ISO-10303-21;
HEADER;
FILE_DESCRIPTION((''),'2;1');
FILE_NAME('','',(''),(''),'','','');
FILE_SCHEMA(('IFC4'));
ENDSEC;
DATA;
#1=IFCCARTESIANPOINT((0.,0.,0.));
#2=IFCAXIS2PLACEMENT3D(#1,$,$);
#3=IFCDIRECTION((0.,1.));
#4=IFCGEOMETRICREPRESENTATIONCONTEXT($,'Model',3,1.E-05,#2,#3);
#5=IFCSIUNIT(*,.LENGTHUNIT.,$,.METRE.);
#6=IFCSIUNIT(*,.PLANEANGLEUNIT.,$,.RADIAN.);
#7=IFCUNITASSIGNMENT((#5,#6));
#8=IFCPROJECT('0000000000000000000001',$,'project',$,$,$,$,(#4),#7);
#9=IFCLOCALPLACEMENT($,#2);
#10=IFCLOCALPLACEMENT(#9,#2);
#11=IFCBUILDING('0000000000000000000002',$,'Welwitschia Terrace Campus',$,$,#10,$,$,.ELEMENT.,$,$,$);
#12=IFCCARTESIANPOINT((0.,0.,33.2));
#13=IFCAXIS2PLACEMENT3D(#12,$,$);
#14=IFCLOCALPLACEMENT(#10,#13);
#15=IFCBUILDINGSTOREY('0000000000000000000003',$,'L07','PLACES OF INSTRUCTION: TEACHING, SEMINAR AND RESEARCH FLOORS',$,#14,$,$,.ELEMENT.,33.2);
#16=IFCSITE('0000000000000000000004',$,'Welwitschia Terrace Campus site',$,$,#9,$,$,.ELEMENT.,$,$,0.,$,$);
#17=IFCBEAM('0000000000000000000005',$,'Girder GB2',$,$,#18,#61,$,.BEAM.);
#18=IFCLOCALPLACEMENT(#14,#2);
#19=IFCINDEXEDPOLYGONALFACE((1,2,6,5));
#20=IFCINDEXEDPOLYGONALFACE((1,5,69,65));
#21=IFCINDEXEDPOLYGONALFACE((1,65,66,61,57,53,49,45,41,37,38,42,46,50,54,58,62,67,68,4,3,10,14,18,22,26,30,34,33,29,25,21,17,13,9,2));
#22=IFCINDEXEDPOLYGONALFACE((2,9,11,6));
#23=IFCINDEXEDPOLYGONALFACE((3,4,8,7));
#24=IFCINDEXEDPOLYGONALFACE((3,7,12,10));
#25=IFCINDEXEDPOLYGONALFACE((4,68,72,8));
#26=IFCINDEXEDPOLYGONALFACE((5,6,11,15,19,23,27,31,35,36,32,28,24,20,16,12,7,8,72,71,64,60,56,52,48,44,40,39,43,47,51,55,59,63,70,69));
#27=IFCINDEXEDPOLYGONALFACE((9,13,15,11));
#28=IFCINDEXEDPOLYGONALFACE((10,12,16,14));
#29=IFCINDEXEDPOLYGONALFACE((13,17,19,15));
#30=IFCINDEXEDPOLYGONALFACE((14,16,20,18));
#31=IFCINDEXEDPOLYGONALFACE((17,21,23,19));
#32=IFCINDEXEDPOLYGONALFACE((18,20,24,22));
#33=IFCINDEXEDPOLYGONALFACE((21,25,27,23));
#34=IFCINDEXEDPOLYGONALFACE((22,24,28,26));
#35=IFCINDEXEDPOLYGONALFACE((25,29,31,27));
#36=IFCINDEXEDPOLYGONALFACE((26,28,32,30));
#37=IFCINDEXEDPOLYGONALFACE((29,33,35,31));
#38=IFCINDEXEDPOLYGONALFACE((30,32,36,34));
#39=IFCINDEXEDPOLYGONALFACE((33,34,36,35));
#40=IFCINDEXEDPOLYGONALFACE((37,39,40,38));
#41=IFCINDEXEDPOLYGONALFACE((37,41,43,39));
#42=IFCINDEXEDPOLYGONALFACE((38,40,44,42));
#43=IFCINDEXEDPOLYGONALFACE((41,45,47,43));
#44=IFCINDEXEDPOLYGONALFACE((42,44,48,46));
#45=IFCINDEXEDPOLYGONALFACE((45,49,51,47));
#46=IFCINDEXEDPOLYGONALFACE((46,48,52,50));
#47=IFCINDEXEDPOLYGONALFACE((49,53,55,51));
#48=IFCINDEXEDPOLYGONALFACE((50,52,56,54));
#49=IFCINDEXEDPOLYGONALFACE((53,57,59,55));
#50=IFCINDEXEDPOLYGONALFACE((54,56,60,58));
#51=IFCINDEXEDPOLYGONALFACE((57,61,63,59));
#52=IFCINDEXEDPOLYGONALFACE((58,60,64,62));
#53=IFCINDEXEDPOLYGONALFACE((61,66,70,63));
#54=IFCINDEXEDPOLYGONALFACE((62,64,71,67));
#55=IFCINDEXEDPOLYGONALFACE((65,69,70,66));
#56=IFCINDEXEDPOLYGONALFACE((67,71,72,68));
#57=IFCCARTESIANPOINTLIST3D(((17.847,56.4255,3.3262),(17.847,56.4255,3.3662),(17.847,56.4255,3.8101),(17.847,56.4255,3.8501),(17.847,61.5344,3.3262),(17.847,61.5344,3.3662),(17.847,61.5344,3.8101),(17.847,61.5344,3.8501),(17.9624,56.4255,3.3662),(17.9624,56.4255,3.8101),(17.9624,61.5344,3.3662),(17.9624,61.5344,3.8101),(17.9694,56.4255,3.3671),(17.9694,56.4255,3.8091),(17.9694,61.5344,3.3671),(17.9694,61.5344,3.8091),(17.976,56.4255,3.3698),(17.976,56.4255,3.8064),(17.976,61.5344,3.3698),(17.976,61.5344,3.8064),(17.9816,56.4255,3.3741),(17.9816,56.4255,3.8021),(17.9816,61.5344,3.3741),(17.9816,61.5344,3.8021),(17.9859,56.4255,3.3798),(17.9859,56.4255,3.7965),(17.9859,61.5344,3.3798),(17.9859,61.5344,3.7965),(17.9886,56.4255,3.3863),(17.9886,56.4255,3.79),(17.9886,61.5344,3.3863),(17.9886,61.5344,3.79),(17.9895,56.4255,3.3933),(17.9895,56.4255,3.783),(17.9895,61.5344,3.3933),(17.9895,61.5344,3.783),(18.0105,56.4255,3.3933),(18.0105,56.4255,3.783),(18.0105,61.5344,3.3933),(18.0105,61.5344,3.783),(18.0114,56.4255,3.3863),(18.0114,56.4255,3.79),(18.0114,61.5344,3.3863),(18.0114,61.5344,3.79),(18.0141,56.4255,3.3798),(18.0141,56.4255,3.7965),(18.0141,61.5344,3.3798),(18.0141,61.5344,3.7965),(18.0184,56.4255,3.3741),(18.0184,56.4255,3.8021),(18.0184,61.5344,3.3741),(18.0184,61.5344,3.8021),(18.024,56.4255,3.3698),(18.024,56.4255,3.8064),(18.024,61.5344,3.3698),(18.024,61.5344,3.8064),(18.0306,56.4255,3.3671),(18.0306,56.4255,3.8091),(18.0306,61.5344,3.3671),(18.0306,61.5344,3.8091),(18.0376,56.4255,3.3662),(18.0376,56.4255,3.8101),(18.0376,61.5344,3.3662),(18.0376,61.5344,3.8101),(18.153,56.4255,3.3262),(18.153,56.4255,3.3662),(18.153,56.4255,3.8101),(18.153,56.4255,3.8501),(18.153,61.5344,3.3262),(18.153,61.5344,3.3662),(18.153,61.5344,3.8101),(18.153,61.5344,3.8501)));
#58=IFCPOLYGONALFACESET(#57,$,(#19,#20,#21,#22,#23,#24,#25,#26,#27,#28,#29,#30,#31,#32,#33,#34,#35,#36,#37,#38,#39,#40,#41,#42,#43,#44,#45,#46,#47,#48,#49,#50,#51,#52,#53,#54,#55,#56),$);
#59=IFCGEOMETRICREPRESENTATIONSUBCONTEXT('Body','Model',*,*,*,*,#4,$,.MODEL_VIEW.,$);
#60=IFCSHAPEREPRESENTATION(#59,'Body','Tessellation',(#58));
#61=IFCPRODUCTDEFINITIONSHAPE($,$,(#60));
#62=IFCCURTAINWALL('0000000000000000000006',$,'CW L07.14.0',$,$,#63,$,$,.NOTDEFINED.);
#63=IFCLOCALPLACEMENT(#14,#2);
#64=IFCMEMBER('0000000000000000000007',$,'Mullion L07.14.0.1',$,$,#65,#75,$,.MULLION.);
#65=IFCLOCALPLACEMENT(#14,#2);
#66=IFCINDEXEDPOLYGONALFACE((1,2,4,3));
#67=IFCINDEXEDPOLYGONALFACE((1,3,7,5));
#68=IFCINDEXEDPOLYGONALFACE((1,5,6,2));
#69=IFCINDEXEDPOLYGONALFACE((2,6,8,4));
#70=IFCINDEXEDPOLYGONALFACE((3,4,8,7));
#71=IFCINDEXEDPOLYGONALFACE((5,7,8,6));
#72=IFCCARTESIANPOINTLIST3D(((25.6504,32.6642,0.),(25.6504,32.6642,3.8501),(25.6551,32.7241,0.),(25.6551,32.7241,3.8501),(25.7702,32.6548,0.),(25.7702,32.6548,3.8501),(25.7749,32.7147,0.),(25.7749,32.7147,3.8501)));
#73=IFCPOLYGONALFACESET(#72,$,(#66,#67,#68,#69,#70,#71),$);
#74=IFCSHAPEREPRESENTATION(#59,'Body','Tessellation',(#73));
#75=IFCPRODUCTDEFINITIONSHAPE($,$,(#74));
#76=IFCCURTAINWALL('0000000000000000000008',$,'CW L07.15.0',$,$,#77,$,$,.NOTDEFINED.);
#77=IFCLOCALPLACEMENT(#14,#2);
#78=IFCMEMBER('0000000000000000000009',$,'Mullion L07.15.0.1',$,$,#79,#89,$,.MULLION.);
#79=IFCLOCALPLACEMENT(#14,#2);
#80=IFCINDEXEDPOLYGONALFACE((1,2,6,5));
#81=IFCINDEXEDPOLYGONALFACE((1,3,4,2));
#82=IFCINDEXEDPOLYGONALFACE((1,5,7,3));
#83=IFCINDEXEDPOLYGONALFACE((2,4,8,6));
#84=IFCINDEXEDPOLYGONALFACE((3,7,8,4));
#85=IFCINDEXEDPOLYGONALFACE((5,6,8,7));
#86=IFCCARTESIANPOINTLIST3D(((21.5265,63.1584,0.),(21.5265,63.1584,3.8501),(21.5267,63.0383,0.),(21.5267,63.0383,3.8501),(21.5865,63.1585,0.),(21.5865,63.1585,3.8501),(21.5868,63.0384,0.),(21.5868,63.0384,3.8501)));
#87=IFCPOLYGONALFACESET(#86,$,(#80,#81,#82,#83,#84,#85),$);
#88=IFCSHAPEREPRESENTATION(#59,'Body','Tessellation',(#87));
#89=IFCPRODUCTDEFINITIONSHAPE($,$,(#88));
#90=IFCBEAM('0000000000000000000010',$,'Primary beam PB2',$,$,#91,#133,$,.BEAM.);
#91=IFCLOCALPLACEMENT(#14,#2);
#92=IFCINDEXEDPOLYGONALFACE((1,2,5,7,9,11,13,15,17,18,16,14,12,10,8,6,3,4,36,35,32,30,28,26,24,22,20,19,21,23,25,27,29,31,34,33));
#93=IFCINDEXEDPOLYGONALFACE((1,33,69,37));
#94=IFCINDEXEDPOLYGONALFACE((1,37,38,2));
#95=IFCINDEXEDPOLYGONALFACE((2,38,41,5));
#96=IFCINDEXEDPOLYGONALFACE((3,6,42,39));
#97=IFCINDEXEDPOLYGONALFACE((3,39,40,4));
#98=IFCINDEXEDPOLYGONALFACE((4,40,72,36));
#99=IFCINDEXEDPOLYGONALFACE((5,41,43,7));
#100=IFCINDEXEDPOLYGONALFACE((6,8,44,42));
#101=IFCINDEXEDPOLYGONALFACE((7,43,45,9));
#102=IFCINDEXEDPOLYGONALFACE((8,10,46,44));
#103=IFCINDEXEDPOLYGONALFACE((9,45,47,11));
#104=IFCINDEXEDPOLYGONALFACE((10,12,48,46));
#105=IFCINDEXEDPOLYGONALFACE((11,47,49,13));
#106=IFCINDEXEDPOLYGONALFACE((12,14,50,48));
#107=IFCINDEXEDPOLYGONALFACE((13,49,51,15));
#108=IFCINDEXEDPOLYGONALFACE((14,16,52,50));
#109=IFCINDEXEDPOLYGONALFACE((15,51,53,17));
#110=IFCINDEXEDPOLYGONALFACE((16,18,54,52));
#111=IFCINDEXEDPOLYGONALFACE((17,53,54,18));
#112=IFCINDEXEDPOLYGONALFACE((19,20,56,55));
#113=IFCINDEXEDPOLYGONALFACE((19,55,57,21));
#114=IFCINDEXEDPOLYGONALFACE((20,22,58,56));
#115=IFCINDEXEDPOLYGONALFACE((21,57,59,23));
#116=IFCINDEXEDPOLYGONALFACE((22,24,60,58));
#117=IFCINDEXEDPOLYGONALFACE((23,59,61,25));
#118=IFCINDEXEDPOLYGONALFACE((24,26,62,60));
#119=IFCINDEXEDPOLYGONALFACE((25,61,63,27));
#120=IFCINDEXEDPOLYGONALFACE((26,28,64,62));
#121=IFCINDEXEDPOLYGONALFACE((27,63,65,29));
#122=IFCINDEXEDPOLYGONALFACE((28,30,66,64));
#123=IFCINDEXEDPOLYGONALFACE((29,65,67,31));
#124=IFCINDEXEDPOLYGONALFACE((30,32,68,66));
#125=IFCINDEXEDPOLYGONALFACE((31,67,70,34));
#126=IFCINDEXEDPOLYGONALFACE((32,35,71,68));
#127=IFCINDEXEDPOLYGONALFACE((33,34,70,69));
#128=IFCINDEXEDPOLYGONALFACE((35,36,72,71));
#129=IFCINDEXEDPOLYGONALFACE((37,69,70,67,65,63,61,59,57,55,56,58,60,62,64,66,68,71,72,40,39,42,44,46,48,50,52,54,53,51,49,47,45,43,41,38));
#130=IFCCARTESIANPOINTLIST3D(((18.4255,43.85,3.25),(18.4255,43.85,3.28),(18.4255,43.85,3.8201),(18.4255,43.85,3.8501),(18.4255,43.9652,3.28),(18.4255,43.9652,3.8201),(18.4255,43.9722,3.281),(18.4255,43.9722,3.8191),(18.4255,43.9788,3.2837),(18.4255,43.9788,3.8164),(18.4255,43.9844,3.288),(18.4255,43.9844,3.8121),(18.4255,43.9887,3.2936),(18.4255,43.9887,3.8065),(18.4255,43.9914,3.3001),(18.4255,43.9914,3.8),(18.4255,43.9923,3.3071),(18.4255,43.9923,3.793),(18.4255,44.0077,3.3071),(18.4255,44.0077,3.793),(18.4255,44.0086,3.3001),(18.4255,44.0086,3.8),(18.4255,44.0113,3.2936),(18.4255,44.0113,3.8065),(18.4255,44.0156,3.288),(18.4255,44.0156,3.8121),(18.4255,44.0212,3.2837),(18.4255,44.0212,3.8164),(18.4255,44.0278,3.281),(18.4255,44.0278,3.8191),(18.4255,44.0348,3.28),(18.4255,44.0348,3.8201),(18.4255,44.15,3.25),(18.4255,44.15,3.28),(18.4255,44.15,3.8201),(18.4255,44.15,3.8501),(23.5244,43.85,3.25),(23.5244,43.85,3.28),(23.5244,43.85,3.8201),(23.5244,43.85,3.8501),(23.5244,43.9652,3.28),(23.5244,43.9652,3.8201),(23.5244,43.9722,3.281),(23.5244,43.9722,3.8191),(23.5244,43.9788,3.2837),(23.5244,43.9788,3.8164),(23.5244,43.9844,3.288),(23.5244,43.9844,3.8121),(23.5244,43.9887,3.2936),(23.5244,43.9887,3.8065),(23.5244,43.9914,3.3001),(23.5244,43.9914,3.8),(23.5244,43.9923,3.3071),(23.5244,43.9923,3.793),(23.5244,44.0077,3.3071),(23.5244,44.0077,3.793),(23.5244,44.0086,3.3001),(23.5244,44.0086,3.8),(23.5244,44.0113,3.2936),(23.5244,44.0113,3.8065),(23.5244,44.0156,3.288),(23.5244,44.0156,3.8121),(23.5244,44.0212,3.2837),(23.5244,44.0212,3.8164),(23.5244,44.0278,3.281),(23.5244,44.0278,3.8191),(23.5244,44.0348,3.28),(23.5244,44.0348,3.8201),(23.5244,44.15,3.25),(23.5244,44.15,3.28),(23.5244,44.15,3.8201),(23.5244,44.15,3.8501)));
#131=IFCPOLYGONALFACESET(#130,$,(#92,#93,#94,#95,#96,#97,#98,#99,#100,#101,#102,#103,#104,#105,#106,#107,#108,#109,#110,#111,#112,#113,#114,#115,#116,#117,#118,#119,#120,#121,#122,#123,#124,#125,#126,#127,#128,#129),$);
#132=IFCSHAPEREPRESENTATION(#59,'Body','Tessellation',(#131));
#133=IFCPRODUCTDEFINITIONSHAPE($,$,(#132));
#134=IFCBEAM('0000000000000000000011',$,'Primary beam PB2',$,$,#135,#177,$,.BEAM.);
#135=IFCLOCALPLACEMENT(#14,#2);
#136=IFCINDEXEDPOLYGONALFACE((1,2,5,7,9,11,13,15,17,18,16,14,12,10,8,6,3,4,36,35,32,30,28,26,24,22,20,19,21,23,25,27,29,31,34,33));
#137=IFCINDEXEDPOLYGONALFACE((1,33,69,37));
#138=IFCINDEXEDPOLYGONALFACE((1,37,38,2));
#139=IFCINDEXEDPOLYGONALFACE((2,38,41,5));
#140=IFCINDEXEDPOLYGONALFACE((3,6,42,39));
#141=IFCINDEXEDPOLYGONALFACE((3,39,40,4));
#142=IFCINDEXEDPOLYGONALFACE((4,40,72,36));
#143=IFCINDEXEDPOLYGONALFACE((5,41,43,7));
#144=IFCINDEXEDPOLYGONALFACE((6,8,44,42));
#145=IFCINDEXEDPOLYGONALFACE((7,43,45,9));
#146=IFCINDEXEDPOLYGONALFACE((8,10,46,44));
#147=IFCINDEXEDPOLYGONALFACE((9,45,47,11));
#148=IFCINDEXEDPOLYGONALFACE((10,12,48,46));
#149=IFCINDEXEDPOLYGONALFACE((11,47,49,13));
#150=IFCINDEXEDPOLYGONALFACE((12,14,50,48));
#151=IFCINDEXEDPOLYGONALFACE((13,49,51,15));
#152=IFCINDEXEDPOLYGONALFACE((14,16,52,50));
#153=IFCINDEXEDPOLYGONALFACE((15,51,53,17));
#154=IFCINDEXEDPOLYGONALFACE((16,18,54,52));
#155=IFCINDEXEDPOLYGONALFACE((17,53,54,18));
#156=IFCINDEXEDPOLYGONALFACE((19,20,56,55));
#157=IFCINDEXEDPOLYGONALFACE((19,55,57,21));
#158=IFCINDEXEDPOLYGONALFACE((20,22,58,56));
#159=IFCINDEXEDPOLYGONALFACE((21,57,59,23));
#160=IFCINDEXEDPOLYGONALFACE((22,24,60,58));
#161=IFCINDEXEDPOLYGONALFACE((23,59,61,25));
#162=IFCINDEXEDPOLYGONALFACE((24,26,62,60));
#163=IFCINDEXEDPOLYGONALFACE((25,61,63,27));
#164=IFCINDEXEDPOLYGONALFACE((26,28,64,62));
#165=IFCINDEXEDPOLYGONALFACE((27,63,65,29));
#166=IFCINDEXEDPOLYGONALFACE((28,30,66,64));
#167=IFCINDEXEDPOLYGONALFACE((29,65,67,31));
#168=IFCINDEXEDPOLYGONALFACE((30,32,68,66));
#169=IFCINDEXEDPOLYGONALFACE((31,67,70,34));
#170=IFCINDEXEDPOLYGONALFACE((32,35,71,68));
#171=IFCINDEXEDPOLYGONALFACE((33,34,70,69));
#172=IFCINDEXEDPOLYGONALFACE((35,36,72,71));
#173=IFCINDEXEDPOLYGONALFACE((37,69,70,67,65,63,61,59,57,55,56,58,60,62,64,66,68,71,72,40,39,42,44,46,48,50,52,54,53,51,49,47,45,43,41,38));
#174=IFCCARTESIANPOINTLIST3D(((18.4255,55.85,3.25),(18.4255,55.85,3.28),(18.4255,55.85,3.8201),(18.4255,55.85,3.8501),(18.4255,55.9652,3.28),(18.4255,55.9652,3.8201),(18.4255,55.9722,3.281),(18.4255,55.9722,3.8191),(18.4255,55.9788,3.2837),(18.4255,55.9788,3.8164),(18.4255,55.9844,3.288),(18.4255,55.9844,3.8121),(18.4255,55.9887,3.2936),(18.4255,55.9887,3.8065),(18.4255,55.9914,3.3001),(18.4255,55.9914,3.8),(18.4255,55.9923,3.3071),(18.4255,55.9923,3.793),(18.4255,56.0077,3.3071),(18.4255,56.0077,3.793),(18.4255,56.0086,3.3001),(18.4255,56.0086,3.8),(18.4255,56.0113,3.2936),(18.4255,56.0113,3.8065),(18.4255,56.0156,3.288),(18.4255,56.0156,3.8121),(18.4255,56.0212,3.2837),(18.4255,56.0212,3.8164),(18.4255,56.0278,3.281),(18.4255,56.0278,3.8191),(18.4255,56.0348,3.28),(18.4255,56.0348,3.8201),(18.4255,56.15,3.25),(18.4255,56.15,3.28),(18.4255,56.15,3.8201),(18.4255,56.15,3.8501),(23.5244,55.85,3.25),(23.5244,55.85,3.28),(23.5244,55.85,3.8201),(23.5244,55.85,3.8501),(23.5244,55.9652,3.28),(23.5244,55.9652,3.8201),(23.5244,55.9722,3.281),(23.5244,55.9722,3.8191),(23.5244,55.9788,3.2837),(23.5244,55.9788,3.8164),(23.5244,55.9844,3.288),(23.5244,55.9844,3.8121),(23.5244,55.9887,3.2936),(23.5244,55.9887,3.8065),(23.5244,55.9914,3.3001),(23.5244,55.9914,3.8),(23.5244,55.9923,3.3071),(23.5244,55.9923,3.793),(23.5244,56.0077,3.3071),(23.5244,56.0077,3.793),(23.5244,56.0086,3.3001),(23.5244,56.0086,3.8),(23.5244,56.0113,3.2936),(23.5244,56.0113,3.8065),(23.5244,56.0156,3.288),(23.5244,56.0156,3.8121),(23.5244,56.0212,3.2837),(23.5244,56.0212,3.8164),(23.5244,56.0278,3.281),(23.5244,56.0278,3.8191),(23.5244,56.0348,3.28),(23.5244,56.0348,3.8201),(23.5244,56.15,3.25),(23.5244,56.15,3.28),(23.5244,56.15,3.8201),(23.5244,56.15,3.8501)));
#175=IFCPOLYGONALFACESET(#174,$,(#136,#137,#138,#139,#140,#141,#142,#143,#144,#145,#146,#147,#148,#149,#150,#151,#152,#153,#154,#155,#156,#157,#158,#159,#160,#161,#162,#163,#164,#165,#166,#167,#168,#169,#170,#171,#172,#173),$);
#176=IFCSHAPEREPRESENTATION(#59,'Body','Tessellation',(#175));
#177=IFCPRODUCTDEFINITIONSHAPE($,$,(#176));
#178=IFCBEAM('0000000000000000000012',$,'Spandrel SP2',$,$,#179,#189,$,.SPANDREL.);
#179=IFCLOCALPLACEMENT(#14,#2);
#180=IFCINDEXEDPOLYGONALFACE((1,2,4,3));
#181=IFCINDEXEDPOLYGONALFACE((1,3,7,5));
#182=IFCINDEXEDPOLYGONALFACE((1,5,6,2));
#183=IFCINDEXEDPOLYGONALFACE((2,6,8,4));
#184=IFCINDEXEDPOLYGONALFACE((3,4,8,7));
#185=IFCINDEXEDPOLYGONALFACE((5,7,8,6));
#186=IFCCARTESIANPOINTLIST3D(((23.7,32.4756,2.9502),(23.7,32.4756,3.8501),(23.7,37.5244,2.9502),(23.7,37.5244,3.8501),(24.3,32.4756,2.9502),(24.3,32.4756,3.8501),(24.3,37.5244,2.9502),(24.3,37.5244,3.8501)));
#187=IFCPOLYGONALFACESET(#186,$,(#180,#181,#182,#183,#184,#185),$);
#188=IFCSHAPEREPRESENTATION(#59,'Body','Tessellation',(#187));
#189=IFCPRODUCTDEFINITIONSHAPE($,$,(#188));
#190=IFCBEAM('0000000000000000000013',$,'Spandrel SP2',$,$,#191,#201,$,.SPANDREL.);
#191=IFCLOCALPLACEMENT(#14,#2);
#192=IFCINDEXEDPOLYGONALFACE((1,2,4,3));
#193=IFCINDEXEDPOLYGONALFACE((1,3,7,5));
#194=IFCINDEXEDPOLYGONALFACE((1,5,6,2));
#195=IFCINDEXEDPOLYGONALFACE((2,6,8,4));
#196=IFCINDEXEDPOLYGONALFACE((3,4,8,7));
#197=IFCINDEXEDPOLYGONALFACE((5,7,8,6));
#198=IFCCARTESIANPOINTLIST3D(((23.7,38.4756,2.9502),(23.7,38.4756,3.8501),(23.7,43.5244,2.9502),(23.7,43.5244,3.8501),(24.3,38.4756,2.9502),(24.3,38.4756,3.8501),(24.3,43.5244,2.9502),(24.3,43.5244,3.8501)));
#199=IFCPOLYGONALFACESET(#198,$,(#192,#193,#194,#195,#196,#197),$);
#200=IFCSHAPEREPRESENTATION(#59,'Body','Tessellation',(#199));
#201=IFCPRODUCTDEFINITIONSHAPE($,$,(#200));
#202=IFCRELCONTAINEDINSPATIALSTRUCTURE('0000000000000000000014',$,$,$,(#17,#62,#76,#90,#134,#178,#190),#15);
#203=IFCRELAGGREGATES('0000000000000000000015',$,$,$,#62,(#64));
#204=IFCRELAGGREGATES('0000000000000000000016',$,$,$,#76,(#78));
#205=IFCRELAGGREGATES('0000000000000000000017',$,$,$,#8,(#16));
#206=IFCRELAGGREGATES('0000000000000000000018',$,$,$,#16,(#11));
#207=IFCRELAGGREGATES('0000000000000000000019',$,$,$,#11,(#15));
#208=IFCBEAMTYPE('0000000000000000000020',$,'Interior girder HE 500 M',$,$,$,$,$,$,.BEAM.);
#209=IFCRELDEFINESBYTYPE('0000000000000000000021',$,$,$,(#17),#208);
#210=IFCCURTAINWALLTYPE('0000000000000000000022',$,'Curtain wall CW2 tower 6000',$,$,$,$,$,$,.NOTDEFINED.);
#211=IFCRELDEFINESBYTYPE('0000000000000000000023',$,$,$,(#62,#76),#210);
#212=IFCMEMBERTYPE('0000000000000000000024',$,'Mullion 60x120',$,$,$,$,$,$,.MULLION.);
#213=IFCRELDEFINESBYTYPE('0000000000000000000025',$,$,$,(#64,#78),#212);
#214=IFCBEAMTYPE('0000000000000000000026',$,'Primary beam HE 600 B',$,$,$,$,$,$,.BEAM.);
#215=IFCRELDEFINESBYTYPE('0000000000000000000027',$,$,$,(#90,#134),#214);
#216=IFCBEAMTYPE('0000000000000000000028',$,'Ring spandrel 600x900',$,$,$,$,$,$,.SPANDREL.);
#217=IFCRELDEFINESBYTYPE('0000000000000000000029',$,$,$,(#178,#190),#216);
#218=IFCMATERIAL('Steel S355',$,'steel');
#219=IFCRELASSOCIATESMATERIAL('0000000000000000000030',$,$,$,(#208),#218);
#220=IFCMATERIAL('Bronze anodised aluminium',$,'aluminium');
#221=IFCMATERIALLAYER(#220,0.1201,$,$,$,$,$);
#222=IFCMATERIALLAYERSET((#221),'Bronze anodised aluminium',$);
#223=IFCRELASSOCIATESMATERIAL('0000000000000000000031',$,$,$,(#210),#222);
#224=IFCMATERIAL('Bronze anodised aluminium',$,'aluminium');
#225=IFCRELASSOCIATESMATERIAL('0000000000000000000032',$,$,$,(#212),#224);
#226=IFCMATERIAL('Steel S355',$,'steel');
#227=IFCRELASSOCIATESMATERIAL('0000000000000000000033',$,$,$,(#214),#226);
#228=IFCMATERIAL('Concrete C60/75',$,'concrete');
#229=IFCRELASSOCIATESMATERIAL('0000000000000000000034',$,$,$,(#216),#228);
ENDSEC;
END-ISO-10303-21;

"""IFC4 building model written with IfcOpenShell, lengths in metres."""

from ifc_helpers import new_model, si_unit, direction, frame, origin, origin_2d, place, context, subcontext, project, spatial, rectangle, i_section, extrude, material, layer, layer_set, material_profile, profile_set, type_object, element, aggregate, save


model = new_model("IFC4")

# Units and contexts
model_context = context("Model", 3, precision=1e-05, world=origin(), true_north=direction((0.0, 1.0)))
body_context = subcontext(model_context, "Body", "Model", "MODEL_VIEW")
ifc_project = project(units=[si_unit("LENGTHUNIT", "METRE"), si_unit("PLANEANGLEUNIT", "RADIAN")], contexts=[model_context])

# Site, building, storey
site_placement = place(None, origin())
site = spatial("IfcSite", under=ifc_project, at=site_placement, Name="Welwitschia Terrace Campus site", CompositionType="ELEMENT", RefElevation=0.0)
building_placement = place(site_placement, origin())
building = spatial("IfcBuilding", under=site, at=building_placement, Name="Welwitschia Terrace Campus", CompositionType="ELEMENT")
storey_placement = place(building_placement, frame((0.0, 0.0, 33.2)))
storey = spatial("IfcBuildingStorey", under=building, at=storey_placement, Name="L07", Description="PLACES OF INSTRUCTION: TEACHING, SEMINAR AND RESEARCH FLOORS", CompositionType="ELEMENT", Elevation=33.2)

# Beam
ifc_material_1 = material(Name="Steel S355", Category="steel")
ifc_material_profile_1 = material_profile(ifc_material_1, i_section(OverallWidth=0.3059, OverallDepth=0.5239, WebThickness=0.021, FlangeThickness=0.04, FilletRadius=0.0271, at=origin_2d()))
ifc_profile_set_1 = profile_set([ifc_material_profile_1], Name="Steel S355")
beam_type_1 = type_object("IfcBeamType", Name="Interior girder HE 500 M", PredefinedType="BEAM", material=ifc_profile_set_1)
beam_1_placement = place(storey_placement, frame((18.0, 56.4255, 3.5881), z_axis=(0.0, 1.0, 0.0), x_axis=(-1.0, 0.0, 0.0)))
element("IfcBeam", 1, at=beam_1_placement, inside=storey, type_object=beam_type_1, Name="Girder GB2", PredefinedType="BEAM", context=body_context, shape_type="SweptSolid", body=[
    extrude(i_section(OverallWidth=0.3059, OverallDepth=0.5239, WebThickness=0.021, FlangeThickness=0.04, FilletRadius=0.0271, at=origin_2d()), origin(), (0.0, 0.0, 1.0), 5.1089),
])

# Curtain walls, members
ifc_material_2 = material(Name="Bronze anodised aluminium", Category="aluminium")
ifc_layer_1 = layer(ifc_material_2, 0.1201)
ifc_layer_set_1 = layer_set([ifc_layer_1], Name="Bronze anodised aluminium")
curtain_wall_type = type_object("IfcCurtainWallType", Name="Curtain wall CW2 tower 6000", PredefinedType="NOTDEFINED", material=ifc_layer_set_1)
curtain_wall_1_placement = place(storey_placement, origin())
curtain_wall_1 = element("IfcCurtainWall", 2, at=curtain_wall_1_placement, inside=storey, type_object=curtain_wall_type, Name="CW L07.14.0", PredefinedType="NOTDEFINED")
ifc_material_3 = material(Name="Bronze anodised aluminium", Category="aluminium")
ifc_material_profile_2 = material_profile(ifc_material_3, rectangle(XDim=0.1201, YDim=0.0601, at=origin_2d()))
ifc_profile_set_2 = profile_set([ifc_material_profile_2], Name="Bronze anodised aluminium")
member_type = type_object("IfcMemberType", Name="Mullion 60x120", PredefinedType="MULLION", material=ifc_profile_set_2)
member_1_placement = place(storey_placement, frame((25.7126, 32.6895, 0.0), z_axis=(0.0, 0.0, 1.0), x_axis=(-0.996917, 0.078459, 0.0)))
member_1 = element("IfcMember", 3, at=member_1_placement, type_object=member_type, Name="Mullion L07.14.0.1", PredefinedType="MULLION", context=body_context, shape_type="SweptSolid", body=[
    extrude(rectangle(XDim=0.1201, YDim=0.0601, at=origin_2d()), origin(), (0.0, 0.0, 1.0), 3.8501),
])
curtain_wall_2_placement = place(storey_placement, origin())
curtain_wall_2 = element("IfcCurtainWall", 4, at=curtain_wall_2_placement, inside=storey, type_object=curtain_wall_type, Name="CW L07.15.0", PredefinedType="NOTDEFINED")
member_2_placement = place(storey_placement, frame((21.5566, 63.0984, 0.0), z_axis=(0.0, 0.0, 1.0), x_axis=(0.002058, -0.999998, 0.0)))
member_2 = element("IfcMember", 5, at=member_2_placement, type_object=member_type, Name="Mullion L07.15.0.1", PredefinedType="MULLION", context=body_context, shape_type="SweptSolid", body=[
    extrude(rectangle(XDim=0.1201, YDim=0.0601, at=origin_2d()), origin(), (0.0, 0.0, 1.0), 3.8501),
])

# Beams
ifc_material_4 = material(Name="Steel S355", Category="steel")
ifc_material_profile_3 = material_profile(ifc_material_4, i_section(OverallWidth=0.3, OverallDepth=0.6001, WebThickness=0.0154, FlangeThickness=0.03, FilletRadius=0.0271, at=origin_2d()))
ifc_profile_set_3 = profile_set([ifc_material_profile_3], Name="Steel S355")
beam_type_2 = type_object("IfcBeamType", Name="Primary beam HE 600 B", PredefinedType="BEAM", material=ifc_profile_set_3)
for number, where, z_axis, x_axis, name in (
    (6, (23.5244, 44.0, 3.55), (-1.0, 0.0, 0.0), (0.0, -1.0, 0.0), "Primary beam PB2"),
    (7, (23.5244, 56.0, 3.55), (-1.0, 0.0, 0.0), (0.0, -1.0, 0.0), "Primary beam PB2"),
):
    element("IfcBeam", number, at=place(storey_placement, frame(where, z_axis=z_axis, x_axis=x_axis)), inside=storey, type_object=beam_type_2, Name=name, PredefinedType="BEAM", context=body_context, shape_type="SweptSolid", body=[
        extrude(i_section(OverallWidth=0.3, OverallDepth=0.6001, WebThickness=0.0154, FlangeThickness=0.03, FilletRadius=0.0271, at=origin_2d()), origin(), (0.0, 0.0, 1.0), 5.0989),
    ])
ifc_material_5 = material(Name="Concrete C60/75", Category="concrete")
ifc_material_profile_4 = material_profile(ifc_material_5, rectangle(XDim=0.6001, YDim=0.8999, at=origin_2d()))
ifc_profile_set_4 = profile_set([ifc_material_profile_4], Name="Concrete C60/75")
beam_type_3 = type_object("IfcBeamType", Name="Ring spandrel 600x900", PredefinedType="SPANDREL", material=ifc_profile_set_4)
for number, where, z_axis, x_axis, name in (
    (8, (24.0, 32.4756, 3.4001), (0.0, 1.0, 0.0), (-1.0, 0.0, 0.0), "Spandrel SP2"),
    (9, (24.0, 38.4756, 3.4001), (0.0, 1.0, 0.0), (-1.0, 0.0, 0.0), "Spandrel SP2"),
):
    element("IfcBeam", number, at=place(storey_placement, frame(where, z_axis=z_axis, x_axis=x_axis)), inside=storey, type_object=beam_type_3, Name=name, PredefinedType="SPANDREL", context=body_context, shape_type="SweptSolid", body=[
        extrude(rectangle(XDim=0.6001, YDim=0.8999, at=origin_2d()), origin(), (0.0, 0.0, 1.0), 5.0488),
    ])

aggregate(curtain_wall_1, [member_1])
aggregate(curtain_wall_2, [member_2])

save(model, "model.ifc")
